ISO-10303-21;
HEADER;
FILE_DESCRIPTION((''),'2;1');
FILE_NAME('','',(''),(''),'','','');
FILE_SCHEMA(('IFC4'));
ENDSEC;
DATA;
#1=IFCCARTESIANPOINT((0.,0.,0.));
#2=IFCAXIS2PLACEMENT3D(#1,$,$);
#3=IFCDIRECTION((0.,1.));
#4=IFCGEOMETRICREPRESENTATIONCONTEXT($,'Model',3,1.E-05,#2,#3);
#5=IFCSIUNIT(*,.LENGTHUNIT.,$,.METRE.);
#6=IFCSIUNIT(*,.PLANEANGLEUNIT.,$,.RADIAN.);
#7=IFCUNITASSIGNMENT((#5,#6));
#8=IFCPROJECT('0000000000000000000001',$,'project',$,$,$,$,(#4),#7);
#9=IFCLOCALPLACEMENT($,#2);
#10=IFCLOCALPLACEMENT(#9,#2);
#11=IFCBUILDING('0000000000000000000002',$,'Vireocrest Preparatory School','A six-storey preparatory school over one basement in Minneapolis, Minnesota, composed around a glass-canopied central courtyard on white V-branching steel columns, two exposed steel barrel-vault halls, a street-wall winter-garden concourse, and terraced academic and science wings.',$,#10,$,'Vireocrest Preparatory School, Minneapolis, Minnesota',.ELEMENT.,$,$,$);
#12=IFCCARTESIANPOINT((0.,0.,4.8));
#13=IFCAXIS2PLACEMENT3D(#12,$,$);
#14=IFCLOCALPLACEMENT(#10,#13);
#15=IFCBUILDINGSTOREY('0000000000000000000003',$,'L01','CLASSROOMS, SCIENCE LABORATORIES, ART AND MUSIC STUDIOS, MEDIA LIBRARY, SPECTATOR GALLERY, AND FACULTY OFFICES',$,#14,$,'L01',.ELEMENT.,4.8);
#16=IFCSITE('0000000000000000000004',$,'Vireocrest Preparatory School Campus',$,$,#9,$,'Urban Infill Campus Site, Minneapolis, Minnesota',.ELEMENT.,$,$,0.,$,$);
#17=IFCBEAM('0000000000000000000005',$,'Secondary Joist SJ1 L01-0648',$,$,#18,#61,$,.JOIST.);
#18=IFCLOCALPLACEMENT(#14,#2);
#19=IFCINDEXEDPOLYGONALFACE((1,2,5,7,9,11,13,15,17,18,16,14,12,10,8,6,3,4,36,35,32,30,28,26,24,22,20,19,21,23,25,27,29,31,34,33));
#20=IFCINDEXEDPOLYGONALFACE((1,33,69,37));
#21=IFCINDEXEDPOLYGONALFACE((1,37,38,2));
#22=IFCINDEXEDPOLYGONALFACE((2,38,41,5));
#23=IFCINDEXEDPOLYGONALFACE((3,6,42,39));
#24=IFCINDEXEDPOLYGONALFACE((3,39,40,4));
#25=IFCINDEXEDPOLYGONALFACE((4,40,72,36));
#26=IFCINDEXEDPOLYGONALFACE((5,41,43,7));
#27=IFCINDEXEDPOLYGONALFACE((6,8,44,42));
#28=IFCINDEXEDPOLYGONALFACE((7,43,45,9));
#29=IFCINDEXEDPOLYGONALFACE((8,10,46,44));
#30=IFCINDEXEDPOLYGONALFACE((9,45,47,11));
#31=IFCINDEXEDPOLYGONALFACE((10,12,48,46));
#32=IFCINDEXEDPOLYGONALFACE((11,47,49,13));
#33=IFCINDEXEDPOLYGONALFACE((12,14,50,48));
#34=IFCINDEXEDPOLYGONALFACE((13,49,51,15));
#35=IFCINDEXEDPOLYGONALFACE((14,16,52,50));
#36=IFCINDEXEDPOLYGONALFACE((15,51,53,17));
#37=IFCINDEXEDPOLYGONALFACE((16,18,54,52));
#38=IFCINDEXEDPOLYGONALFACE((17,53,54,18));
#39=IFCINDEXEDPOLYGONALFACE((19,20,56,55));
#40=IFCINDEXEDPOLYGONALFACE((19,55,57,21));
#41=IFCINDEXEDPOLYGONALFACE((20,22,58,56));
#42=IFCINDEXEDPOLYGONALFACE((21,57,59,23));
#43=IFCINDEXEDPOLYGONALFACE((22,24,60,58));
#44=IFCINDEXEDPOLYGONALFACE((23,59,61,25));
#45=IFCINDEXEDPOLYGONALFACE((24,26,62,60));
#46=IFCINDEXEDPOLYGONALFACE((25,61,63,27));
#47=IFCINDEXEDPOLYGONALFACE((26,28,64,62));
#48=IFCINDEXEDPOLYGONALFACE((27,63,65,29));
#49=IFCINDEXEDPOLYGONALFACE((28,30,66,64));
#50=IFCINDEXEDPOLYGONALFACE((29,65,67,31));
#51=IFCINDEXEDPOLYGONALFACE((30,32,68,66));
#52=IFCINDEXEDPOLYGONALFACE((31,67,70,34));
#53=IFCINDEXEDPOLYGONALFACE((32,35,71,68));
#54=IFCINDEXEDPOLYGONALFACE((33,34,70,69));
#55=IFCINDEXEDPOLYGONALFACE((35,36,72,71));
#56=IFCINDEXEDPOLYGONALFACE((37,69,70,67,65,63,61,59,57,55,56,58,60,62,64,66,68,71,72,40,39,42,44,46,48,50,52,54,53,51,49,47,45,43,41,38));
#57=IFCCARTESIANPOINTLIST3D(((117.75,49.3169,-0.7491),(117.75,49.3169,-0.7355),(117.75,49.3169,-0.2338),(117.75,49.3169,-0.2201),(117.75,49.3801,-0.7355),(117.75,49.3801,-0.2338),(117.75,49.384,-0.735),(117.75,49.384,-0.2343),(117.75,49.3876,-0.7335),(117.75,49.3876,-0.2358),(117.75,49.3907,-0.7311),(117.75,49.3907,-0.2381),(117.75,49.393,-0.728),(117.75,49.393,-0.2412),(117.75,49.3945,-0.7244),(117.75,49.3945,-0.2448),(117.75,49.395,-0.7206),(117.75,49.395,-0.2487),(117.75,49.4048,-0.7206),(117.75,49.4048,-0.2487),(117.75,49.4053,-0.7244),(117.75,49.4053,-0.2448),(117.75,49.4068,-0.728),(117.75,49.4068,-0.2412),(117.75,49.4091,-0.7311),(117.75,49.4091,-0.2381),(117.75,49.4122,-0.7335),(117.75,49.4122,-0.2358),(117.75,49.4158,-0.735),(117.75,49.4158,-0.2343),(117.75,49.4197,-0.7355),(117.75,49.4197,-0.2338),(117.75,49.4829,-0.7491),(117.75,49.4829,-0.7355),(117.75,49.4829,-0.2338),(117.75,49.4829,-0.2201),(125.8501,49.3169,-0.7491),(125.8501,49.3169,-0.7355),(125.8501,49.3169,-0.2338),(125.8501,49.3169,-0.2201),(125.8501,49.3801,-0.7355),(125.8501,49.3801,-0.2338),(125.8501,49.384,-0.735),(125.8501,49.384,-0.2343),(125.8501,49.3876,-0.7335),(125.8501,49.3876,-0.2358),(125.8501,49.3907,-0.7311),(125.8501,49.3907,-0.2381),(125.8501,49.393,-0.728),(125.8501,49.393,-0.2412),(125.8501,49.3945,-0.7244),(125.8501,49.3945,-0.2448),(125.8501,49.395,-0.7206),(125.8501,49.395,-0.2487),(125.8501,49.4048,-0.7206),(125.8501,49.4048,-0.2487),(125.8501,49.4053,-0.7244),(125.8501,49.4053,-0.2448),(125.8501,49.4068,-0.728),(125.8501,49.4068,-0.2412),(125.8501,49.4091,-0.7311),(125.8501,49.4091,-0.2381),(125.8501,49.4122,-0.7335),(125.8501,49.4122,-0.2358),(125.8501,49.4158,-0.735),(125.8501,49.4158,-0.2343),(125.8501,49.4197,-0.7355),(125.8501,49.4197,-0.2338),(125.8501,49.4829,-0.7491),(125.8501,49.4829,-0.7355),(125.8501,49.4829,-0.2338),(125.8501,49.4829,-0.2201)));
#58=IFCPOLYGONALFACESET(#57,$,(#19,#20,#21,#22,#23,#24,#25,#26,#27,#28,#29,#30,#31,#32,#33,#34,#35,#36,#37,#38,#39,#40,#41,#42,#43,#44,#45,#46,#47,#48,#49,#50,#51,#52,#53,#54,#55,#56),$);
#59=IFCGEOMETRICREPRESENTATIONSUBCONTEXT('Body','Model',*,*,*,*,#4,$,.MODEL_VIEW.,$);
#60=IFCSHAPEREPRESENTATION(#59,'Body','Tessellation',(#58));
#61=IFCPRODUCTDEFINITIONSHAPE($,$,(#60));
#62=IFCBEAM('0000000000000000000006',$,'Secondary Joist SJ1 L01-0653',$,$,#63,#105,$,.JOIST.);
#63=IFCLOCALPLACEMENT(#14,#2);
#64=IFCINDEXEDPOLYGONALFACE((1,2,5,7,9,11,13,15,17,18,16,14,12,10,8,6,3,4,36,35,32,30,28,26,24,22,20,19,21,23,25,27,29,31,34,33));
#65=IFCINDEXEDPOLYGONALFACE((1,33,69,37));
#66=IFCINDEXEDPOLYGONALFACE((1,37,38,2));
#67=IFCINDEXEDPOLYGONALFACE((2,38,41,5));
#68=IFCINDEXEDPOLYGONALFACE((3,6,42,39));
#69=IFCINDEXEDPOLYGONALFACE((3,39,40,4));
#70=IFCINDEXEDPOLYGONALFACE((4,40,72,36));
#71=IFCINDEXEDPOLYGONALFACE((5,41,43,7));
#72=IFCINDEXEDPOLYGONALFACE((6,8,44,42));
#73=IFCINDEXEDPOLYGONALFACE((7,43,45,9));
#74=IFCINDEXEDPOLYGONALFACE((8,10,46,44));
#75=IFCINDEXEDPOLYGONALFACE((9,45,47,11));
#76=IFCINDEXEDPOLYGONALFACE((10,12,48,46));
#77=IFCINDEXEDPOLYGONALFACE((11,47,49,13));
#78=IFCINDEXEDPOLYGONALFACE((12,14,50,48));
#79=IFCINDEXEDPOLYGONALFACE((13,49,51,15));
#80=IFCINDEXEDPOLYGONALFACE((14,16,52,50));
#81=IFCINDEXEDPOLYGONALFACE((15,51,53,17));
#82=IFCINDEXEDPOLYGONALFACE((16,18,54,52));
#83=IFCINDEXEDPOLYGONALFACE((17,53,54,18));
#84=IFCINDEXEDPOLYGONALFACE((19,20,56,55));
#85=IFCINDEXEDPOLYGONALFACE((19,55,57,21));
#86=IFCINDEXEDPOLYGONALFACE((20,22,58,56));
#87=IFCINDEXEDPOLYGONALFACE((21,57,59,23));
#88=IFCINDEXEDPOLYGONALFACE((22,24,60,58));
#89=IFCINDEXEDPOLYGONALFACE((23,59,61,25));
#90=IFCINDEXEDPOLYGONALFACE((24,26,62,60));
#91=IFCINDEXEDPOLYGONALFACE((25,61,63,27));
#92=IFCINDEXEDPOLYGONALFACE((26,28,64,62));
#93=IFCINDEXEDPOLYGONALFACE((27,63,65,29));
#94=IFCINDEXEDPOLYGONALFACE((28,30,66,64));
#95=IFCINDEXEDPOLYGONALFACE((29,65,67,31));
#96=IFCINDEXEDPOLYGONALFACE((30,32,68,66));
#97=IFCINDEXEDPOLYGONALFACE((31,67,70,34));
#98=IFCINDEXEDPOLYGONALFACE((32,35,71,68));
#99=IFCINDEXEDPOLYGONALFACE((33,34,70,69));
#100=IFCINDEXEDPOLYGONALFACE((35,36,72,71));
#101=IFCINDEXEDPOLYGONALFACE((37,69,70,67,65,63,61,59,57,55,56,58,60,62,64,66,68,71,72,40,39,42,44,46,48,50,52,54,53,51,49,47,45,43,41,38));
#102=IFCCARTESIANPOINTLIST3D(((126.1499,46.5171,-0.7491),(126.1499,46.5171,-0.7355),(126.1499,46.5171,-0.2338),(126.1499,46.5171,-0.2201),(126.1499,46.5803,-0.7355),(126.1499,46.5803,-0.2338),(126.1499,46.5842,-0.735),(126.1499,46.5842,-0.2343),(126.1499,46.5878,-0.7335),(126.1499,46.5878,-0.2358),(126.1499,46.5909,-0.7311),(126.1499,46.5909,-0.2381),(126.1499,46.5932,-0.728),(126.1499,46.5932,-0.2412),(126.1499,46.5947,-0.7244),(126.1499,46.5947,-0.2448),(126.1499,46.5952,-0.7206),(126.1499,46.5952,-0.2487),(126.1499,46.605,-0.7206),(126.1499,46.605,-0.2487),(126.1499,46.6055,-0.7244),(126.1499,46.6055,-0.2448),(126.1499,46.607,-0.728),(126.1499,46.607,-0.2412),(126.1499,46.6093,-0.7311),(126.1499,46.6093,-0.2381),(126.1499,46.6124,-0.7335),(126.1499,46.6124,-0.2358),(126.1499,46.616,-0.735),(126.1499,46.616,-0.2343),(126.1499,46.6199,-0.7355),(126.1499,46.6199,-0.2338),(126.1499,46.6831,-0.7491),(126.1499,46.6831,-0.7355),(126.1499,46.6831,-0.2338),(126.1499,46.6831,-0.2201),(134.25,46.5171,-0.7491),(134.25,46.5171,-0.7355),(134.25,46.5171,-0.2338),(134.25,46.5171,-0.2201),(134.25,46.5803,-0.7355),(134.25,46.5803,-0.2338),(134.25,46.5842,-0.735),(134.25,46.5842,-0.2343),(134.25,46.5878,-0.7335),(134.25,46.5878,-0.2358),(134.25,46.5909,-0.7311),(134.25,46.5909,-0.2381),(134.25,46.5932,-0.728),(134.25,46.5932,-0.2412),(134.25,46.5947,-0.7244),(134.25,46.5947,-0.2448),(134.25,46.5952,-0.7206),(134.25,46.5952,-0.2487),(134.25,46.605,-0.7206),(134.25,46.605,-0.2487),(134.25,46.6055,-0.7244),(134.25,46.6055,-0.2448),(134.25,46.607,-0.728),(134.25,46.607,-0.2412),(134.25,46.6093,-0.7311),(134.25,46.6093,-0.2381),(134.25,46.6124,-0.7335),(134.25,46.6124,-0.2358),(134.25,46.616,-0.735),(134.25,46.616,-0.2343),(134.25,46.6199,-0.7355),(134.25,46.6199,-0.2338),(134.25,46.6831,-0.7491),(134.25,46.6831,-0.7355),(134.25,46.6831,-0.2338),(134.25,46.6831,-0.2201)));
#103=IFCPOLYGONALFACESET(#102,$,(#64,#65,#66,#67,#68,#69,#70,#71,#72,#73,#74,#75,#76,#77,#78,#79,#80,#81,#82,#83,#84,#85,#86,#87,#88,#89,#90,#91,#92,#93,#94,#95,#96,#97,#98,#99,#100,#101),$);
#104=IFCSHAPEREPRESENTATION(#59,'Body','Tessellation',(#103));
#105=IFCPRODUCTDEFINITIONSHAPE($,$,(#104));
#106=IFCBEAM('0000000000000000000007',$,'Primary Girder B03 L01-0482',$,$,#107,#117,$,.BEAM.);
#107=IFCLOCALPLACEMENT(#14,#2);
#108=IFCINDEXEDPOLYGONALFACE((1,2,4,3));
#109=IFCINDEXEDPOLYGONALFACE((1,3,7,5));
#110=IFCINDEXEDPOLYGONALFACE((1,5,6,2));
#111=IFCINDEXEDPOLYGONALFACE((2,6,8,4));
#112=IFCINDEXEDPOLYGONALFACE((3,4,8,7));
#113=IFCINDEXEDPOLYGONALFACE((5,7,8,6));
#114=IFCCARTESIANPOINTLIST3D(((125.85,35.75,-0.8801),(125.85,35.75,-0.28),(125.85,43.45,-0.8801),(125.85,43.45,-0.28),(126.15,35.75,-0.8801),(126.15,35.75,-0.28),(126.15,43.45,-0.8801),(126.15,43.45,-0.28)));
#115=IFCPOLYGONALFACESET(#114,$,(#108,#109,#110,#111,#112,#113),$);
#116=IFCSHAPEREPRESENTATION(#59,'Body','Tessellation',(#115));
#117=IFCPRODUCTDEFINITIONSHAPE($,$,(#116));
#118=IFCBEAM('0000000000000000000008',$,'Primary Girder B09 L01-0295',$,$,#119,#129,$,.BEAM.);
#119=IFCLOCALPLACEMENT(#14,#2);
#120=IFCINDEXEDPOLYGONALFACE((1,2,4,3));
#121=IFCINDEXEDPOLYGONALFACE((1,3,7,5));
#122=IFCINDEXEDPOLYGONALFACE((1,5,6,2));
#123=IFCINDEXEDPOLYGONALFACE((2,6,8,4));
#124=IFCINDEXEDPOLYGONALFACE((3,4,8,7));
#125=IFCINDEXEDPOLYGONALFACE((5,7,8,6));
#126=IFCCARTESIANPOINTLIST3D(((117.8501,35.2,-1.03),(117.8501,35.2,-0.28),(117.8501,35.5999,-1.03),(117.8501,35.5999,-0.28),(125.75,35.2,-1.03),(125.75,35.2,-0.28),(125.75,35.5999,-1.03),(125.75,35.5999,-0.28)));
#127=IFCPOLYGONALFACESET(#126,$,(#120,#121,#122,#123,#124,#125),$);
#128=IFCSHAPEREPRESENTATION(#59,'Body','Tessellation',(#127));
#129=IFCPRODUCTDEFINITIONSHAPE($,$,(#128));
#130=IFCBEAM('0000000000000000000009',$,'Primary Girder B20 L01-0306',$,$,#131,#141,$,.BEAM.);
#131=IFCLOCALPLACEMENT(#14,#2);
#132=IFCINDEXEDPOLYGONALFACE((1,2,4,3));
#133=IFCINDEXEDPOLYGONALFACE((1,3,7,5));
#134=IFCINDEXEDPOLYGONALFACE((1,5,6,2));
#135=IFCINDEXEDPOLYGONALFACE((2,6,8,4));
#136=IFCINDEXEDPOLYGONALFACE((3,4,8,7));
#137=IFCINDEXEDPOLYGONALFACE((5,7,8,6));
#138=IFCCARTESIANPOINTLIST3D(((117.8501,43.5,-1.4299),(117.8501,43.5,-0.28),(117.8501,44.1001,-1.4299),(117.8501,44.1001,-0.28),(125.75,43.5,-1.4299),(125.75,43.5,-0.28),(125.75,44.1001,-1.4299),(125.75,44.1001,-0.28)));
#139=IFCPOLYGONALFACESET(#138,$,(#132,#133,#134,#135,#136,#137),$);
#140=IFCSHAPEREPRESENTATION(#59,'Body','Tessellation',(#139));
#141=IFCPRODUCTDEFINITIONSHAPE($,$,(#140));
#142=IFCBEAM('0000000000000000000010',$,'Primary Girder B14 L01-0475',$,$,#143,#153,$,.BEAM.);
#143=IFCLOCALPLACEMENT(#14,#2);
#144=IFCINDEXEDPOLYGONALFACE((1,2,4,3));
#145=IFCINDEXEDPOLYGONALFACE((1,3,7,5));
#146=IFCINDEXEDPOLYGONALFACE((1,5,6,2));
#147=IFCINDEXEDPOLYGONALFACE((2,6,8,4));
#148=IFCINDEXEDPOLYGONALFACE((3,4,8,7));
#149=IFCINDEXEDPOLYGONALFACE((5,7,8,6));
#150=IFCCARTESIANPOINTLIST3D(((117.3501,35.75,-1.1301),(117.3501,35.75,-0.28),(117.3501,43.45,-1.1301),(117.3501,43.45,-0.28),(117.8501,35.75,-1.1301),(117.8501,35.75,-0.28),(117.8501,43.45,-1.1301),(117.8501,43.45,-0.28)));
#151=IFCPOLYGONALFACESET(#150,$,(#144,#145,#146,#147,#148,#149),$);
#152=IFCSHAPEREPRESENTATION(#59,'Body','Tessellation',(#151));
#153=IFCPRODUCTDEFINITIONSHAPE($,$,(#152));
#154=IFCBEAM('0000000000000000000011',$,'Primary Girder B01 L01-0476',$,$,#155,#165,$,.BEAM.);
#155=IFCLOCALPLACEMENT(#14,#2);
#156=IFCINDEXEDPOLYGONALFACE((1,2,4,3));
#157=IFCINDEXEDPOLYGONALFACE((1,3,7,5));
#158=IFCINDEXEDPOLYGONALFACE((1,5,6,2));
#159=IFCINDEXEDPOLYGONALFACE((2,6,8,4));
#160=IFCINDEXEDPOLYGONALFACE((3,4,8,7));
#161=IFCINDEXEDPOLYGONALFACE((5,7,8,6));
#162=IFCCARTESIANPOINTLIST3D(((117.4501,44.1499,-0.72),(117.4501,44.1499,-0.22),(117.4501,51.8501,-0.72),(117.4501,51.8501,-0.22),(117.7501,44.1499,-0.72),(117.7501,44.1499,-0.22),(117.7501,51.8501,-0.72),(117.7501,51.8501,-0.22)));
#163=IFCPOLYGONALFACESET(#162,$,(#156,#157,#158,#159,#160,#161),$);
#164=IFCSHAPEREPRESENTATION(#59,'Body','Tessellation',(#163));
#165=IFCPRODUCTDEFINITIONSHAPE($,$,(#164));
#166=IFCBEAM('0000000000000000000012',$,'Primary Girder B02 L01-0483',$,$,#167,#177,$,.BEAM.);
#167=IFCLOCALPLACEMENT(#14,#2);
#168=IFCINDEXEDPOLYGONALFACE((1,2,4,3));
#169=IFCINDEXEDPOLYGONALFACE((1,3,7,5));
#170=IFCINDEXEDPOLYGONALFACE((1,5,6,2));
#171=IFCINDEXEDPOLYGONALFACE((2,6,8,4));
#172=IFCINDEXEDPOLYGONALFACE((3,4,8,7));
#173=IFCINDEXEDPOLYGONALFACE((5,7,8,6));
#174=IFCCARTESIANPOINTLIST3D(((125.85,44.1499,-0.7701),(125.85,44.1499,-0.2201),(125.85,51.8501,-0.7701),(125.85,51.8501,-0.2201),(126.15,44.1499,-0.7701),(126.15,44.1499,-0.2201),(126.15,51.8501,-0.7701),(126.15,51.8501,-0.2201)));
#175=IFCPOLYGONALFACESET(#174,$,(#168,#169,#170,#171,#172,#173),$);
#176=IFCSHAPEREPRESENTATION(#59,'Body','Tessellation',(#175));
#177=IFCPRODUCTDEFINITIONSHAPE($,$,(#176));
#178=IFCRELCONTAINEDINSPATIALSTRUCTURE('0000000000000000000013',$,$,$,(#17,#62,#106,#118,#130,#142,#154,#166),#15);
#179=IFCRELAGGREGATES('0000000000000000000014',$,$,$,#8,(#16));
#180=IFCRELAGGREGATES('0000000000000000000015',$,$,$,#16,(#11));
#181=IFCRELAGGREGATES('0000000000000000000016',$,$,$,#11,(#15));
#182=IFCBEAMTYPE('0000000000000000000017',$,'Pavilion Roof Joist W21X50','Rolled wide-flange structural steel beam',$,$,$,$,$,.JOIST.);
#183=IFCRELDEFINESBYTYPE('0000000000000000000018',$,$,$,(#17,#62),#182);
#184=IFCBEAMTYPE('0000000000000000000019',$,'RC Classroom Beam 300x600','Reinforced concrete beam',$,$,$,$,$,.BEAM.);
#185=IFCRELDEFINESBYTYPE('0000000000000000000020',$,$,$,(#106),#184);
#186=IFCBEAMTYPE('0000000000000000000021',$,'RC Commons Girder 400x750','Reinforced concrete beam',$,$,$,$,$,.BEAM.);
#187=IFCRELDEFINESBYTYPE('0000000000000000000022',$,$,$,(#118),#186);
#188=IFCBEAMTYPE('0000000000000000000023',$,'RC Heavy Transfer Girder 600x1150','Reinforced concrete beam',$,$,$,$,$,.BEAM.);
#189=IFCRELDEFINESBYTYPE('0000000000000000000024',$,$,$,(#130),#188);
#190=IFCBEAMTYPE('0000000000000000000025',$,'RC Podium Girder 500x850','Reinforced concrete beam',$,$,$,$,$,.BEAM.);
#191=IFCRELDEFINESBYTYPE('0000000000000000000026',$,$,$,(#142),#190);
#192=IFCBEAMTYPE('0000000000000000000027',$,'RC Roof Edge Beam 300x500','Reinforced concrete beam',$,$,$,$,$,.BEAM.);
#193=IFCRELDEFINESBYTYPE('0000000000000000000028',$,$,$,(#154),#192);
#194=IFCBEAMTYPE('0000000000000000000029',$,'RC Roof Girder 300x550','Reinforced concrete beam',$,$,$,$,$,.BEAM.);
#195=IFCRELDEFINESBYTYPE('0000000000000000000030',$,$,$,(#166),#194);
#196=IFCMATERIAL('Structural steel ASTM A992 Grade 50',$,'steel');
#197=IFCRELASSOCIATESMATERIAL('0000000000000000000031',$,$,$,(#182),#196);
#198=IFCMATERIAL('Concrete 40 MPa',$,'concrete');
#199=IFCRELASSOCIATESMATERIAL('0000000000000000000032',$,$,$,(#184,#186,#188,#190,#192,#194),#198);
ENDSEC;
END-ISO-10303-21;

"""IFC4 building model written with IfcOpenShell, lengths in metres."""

from ifc_helpers import new_model, si_unit, direction, frame, origin, origin_2d, place, context, subcontext, project, spatial, rectangle, i_section, extrude, material, material_profile, profile_set, type_object, element, save


model = new_model("IFC4")

# Units and contexts
model_context = context("Model", 3, precision=1e-05, world=origin(), true_north=direction((0.0, 1.0)))
body_context = subcontext(model_context, "Body", "Model", "MODEL_VIEW")
ifc_project = project(units=[si_unit("LENGTHUNIT", "METRE"), si_unit("PLANEANGLEUNIT", "RADIAN")], contexts=[model_context])

# Site, building, storey
site_placement = place(None, origin())
site = spatial("IfcSite", under=ifc_project, at=site_placement, Name="Vireocrest Preparatory School Campus", LongName="Urban Infill Campus Site, Minneapolis, Minnesota", CompositionType="ELEMENT", RefElevation=0.0)
building_placement = place(site_placement, origin())
building = spatial("IfcBuilding", under=site, at=building_placement, Name="Vireocrest Preparatory School", Description="A six-storey preparatory school over one basement in Minneapolis, Minnesota, composed around a glass-canopied central courtyard on white V-branching steel columns, two exposed steel barrel-vault halls, a street-wall winter-garden concourse, and terraced academic and science wings.", LongName="Vireocrest Preparatory School, Minneapolis, Minnesota", CompositionType="ELEMENT")
storey_placement = place(building_placement, frame((0.0, 0.0, 4.8)))
storey = spatial("IfcBuildingStorey", under=building, at=storey_placement, Name="L01", Description="CLASSROOMS, SCIENCE LABORATORIES, ART AND MUSIC STUDIOS, MEDIA LIBRARY, SPECTATOR GALLERY, AND FACULTY OFFICES", LongName="L01", CompositionType="ELEMENT", Elevation=4.8)

# Beams
ifc_material_1 = material(Name="Structural steel ASTM A992 Grade 50", Category="steel")
ifc_material_profile_1 = material_profile(ifc_material_1, i_section(OverallWidth=0.166, OverallDepth=0.5291, WebThickness=0.0098, FlangeThickness=0.0137, FilletRadius=0.0149, at=origin_2d()), Name="W21X50")
ifc_profile_set_1 = profile_set([ifc_material_profile_1], Name="Structural steel ASTM A992 Grade 50")
beam_type_1 = type_object("IfcBeamType", Name="Pavilion Roof Joist W21X50", Description="Rolled wide-flange structural steel beam", PredefinedType="JOIST", material=ifc_profile_set_1)
for number, where, z_axis, x_axis, name in (
    (1, (117.75, 49.3999, -0.4846), (1.0, 0.0, 0.0), (0.0, 1.0, 0.0), "Secondary Joist SJ1 L01-0648"),
    (2, (126.1499, 46.6001, -0.4846), (1.0, 0.0, 0.0), (0.0, 1.0, 0.0), "Secondary Joist SJ1 L01-0653"),
):
    element("IfcBeam", number, at=place(storey_placement, frame(where, z_axis=z_axis, x_axis=x_axis)), inside=storey, type_object=beam_type_1, Name=name, PredefinedType="JOIST", context=body_context, shape_type="SweptSolid", body=[
        extrude(i_section(OverallWidth=0.166, OverallDepth=0.5291, WebThickness=0.0098, FlangeThickness=0.0137, FilletRadius=0.0149, at=origin_2d()), origin(), (0.0, 0.0, 1.0), 8.1001),
    ])
ifc_material_2 = material(Name="Concrete 40 MPa", Category="concrete")
ifc_material_profile_2 = material_profile(ifc_material_2, rectangle(XDim=0.3, YDim=0.6001, at=origin_2d()), Name="RC 300x600")
ifc_profile_set_2 = profile_set([ifc_material_profile_2], Name="Concrete 40 MPa")
beam_type_2 = type_object("IfcBeamType", Name="RC Classroom Beam 300x600", Description="Reinforced concrete beam", PredefinedType="BEAM", material=ifc_profile_set_2)
beam_1_placement = place(storey_placement, frame((126.0, 35.75, -0.5801), z_axis=(0.0, 1.0, 0.0), x_axis=(-1.0, 0.0, 0.0)))
element("IfcBeam", 3, at=beam_1_placement, inside=storey, type_object=beam_type_2, Name="Primary Girder B03 L01-0482", PredefinedType="BEAM", context=body_context, shape_type="SweptSolid", body=[
    extrude(rectangle(XDim=0.3, YDim=0.6001, at=origin_2d()), origin(), (0.0, 0.0, 1.0), 7.7),
])
ifc_material_profile_3 = material_profile(ifc_material_2, rectangle(XDim=0.3999, YDim=0.75, at=origin_2d()), Name="RC 400x750")
ifc_profile_set_3 = profile_set([ifc_material_profile_3], Name="Concrete 40 MPa")
beam_type_3 = type_object("IfcBeamType", Name="RC Commons Girder 400x750", Description="Reinforced concrete beam", PredefinedType="BEAM", material=ifc_profile_set_3)
beam_2_placement = place(storey_placement, frame((117.8501, 35.3999, -0.655), z_axis=(1.0, 0.0, 0.0), x_axis=(0.0, 1.0, 0.0)))
element("IfcBeam", 4, at=beam_2_placement, inside=storey, type_object=beam_type_3, Name="Primary Girder B09 L01-0295", PredefinedType="BEAM", context=body_context, shape_type="SweptSolid", body=[
    extrude(rectangle(XDim=0.3999, YDim=0.75, at=origin_2d()), origin(), (0.0, 0.0, 1.0), 7.8999),
])
ifc_material_profile_4 = material_profile(ifc_material_2, rectangle(XDim=0.6001, YDim=1.1499, at=origin_2d()), Name="RC 600x1150")
ifc_profile_set_4 = profile_set([ifc_material_profile_4], Name="Concrete 40 MPa")
beam_type_4 = type_object("IfcBeamType", Name="RC Heavy Transfer Girder 600x1150", Description="Reinforced concrete beam", PredefinedType="BEAM", material=ifc_profile_set_4)
beam_3_placement = place(storey_placement, frame((117.8501, 43.8, -0.855), z_axis=(1.0, 0.0, 0.0), x_axis=(0.0, 1.0, 0.0)))
element("IfcBeam", 5, at=beam_3_placement, inside=storey, type_object=beam_type_4, Name="Primary Girder B20 L01-0306", PredefinedType="BEAM", context=body_context, shape_type="SweptSolid", body=[
    extrude(rectangle(XDim=0.6001, YDim=1.1499, at=origin_2d()), origin(), (0.0, 0.0, 1.0), 7.8999),
])
ifc_material_profile_5 = material_profile(ifc_material_2, rectangle(XDim=0.5, YDim=0.8501, at=origin_2d()), Name="RC 500x850")
ifc_profile_set_5 = profile_set([ifc_material_profile_5], Name="Concrete 40 MPa")
beam_type_5 = type_object("IfcBeamType", Name="RC Podium Girder 500x850", Description="Reinforced concrete beam", PredefinedType="BEAM", material=ifc_profile_set_5)
beam_4_placement = place(storey_placement, frame((117.6001, 35.75, -0.7051), z_axis=(0.0, 1.0, 0.0), x_axis=(-1.0, 0.0, 0.0)))
element("IfcBeam", 6, at=beam_4_placement, inside=storey, type_object=beam_type_5, Name="Primary Girder B14 L01-0475", PredefinedType="BEAM", context=body_context, shape_type="SweptSolid", body=[
    extrude(rectangle(XDim=0.5, YDim=0.8501, at=origin_2d()), origin(), (0.0, 0.0, 1.0), 7.7),
])
ifc_material_profile_6 = material_profile(ifc_material_2, rectangle(XDim=0.3, YDim=0.5, at=origin_2d()), Name="RC 300x500")
ifc_profile_set_6 = profile_set([ifc_material_profile_6], Name="Concrete 40 MPa")
beam_type_6 = type_object("IfcBeamType", Name="RC Roof Edge Beam 300x500", Description="Reinforced concrete beam", PredefinedType="BEAM", material=ifc_profile_set_6)
beam_5_placement = place(storey_placement, frame((117.6001, 44.1499, -0.47), z_axis=(0.0, 1.0, 0.0), x_axis=(-1.0, 0.0, 0.0)))
element("IfcBeam", 7, at=beam_5_placement, inside=storey, type_object=beam_type_6, Name="Primary Girder B01 L01-0476", PredefinedType="BEAM", context=body_context, shape_type="SweptSolid", body=[
    extrude(rectangle(XDim=0.3, YDim=0.5, at=origin_2d()), origin(), (0.0, 0.0, 1.0), 7.7002),
])
ifc_material_profile_7 = material_profile(ifc_material_2, rectangle(XDim=0.3, YDim=0.55, at=origin_2d()), Name="RC 300x550")
ifc_profile_set_7 = profile_set([ifc_material_profile_7], Name="Concrete 40 MPa")
beam_type_7 = type_object("IfcBeamType", Name="RC Roof Girder 300x550", Description="Reinforced concrete beam", PredefinedType="BEAM", material=ifc_profile_set_7)
beam_6_placement = place(storey_placement, frame((126.0, 44.1499, -0.4951), z_axis=(0.0, 1.0, 0.0), x_axis=(-1.0, 0.0, 0.0)))
element("IfcBeam", 8, at=beam_6_placement, inside=storey, type_object=beam_type_7, Name="Primary Girder B02 L01-0483", PredefinedType="BEAM", context=body_context, shape_type="SweptSolid", body=[
    extrude(rectangle(XDim=0.3, YDim=0.55, at=origin_2d()), origin(), (0.0, 0.0, 1.0), 7.7002),
])

save(model, "model.ifc")
